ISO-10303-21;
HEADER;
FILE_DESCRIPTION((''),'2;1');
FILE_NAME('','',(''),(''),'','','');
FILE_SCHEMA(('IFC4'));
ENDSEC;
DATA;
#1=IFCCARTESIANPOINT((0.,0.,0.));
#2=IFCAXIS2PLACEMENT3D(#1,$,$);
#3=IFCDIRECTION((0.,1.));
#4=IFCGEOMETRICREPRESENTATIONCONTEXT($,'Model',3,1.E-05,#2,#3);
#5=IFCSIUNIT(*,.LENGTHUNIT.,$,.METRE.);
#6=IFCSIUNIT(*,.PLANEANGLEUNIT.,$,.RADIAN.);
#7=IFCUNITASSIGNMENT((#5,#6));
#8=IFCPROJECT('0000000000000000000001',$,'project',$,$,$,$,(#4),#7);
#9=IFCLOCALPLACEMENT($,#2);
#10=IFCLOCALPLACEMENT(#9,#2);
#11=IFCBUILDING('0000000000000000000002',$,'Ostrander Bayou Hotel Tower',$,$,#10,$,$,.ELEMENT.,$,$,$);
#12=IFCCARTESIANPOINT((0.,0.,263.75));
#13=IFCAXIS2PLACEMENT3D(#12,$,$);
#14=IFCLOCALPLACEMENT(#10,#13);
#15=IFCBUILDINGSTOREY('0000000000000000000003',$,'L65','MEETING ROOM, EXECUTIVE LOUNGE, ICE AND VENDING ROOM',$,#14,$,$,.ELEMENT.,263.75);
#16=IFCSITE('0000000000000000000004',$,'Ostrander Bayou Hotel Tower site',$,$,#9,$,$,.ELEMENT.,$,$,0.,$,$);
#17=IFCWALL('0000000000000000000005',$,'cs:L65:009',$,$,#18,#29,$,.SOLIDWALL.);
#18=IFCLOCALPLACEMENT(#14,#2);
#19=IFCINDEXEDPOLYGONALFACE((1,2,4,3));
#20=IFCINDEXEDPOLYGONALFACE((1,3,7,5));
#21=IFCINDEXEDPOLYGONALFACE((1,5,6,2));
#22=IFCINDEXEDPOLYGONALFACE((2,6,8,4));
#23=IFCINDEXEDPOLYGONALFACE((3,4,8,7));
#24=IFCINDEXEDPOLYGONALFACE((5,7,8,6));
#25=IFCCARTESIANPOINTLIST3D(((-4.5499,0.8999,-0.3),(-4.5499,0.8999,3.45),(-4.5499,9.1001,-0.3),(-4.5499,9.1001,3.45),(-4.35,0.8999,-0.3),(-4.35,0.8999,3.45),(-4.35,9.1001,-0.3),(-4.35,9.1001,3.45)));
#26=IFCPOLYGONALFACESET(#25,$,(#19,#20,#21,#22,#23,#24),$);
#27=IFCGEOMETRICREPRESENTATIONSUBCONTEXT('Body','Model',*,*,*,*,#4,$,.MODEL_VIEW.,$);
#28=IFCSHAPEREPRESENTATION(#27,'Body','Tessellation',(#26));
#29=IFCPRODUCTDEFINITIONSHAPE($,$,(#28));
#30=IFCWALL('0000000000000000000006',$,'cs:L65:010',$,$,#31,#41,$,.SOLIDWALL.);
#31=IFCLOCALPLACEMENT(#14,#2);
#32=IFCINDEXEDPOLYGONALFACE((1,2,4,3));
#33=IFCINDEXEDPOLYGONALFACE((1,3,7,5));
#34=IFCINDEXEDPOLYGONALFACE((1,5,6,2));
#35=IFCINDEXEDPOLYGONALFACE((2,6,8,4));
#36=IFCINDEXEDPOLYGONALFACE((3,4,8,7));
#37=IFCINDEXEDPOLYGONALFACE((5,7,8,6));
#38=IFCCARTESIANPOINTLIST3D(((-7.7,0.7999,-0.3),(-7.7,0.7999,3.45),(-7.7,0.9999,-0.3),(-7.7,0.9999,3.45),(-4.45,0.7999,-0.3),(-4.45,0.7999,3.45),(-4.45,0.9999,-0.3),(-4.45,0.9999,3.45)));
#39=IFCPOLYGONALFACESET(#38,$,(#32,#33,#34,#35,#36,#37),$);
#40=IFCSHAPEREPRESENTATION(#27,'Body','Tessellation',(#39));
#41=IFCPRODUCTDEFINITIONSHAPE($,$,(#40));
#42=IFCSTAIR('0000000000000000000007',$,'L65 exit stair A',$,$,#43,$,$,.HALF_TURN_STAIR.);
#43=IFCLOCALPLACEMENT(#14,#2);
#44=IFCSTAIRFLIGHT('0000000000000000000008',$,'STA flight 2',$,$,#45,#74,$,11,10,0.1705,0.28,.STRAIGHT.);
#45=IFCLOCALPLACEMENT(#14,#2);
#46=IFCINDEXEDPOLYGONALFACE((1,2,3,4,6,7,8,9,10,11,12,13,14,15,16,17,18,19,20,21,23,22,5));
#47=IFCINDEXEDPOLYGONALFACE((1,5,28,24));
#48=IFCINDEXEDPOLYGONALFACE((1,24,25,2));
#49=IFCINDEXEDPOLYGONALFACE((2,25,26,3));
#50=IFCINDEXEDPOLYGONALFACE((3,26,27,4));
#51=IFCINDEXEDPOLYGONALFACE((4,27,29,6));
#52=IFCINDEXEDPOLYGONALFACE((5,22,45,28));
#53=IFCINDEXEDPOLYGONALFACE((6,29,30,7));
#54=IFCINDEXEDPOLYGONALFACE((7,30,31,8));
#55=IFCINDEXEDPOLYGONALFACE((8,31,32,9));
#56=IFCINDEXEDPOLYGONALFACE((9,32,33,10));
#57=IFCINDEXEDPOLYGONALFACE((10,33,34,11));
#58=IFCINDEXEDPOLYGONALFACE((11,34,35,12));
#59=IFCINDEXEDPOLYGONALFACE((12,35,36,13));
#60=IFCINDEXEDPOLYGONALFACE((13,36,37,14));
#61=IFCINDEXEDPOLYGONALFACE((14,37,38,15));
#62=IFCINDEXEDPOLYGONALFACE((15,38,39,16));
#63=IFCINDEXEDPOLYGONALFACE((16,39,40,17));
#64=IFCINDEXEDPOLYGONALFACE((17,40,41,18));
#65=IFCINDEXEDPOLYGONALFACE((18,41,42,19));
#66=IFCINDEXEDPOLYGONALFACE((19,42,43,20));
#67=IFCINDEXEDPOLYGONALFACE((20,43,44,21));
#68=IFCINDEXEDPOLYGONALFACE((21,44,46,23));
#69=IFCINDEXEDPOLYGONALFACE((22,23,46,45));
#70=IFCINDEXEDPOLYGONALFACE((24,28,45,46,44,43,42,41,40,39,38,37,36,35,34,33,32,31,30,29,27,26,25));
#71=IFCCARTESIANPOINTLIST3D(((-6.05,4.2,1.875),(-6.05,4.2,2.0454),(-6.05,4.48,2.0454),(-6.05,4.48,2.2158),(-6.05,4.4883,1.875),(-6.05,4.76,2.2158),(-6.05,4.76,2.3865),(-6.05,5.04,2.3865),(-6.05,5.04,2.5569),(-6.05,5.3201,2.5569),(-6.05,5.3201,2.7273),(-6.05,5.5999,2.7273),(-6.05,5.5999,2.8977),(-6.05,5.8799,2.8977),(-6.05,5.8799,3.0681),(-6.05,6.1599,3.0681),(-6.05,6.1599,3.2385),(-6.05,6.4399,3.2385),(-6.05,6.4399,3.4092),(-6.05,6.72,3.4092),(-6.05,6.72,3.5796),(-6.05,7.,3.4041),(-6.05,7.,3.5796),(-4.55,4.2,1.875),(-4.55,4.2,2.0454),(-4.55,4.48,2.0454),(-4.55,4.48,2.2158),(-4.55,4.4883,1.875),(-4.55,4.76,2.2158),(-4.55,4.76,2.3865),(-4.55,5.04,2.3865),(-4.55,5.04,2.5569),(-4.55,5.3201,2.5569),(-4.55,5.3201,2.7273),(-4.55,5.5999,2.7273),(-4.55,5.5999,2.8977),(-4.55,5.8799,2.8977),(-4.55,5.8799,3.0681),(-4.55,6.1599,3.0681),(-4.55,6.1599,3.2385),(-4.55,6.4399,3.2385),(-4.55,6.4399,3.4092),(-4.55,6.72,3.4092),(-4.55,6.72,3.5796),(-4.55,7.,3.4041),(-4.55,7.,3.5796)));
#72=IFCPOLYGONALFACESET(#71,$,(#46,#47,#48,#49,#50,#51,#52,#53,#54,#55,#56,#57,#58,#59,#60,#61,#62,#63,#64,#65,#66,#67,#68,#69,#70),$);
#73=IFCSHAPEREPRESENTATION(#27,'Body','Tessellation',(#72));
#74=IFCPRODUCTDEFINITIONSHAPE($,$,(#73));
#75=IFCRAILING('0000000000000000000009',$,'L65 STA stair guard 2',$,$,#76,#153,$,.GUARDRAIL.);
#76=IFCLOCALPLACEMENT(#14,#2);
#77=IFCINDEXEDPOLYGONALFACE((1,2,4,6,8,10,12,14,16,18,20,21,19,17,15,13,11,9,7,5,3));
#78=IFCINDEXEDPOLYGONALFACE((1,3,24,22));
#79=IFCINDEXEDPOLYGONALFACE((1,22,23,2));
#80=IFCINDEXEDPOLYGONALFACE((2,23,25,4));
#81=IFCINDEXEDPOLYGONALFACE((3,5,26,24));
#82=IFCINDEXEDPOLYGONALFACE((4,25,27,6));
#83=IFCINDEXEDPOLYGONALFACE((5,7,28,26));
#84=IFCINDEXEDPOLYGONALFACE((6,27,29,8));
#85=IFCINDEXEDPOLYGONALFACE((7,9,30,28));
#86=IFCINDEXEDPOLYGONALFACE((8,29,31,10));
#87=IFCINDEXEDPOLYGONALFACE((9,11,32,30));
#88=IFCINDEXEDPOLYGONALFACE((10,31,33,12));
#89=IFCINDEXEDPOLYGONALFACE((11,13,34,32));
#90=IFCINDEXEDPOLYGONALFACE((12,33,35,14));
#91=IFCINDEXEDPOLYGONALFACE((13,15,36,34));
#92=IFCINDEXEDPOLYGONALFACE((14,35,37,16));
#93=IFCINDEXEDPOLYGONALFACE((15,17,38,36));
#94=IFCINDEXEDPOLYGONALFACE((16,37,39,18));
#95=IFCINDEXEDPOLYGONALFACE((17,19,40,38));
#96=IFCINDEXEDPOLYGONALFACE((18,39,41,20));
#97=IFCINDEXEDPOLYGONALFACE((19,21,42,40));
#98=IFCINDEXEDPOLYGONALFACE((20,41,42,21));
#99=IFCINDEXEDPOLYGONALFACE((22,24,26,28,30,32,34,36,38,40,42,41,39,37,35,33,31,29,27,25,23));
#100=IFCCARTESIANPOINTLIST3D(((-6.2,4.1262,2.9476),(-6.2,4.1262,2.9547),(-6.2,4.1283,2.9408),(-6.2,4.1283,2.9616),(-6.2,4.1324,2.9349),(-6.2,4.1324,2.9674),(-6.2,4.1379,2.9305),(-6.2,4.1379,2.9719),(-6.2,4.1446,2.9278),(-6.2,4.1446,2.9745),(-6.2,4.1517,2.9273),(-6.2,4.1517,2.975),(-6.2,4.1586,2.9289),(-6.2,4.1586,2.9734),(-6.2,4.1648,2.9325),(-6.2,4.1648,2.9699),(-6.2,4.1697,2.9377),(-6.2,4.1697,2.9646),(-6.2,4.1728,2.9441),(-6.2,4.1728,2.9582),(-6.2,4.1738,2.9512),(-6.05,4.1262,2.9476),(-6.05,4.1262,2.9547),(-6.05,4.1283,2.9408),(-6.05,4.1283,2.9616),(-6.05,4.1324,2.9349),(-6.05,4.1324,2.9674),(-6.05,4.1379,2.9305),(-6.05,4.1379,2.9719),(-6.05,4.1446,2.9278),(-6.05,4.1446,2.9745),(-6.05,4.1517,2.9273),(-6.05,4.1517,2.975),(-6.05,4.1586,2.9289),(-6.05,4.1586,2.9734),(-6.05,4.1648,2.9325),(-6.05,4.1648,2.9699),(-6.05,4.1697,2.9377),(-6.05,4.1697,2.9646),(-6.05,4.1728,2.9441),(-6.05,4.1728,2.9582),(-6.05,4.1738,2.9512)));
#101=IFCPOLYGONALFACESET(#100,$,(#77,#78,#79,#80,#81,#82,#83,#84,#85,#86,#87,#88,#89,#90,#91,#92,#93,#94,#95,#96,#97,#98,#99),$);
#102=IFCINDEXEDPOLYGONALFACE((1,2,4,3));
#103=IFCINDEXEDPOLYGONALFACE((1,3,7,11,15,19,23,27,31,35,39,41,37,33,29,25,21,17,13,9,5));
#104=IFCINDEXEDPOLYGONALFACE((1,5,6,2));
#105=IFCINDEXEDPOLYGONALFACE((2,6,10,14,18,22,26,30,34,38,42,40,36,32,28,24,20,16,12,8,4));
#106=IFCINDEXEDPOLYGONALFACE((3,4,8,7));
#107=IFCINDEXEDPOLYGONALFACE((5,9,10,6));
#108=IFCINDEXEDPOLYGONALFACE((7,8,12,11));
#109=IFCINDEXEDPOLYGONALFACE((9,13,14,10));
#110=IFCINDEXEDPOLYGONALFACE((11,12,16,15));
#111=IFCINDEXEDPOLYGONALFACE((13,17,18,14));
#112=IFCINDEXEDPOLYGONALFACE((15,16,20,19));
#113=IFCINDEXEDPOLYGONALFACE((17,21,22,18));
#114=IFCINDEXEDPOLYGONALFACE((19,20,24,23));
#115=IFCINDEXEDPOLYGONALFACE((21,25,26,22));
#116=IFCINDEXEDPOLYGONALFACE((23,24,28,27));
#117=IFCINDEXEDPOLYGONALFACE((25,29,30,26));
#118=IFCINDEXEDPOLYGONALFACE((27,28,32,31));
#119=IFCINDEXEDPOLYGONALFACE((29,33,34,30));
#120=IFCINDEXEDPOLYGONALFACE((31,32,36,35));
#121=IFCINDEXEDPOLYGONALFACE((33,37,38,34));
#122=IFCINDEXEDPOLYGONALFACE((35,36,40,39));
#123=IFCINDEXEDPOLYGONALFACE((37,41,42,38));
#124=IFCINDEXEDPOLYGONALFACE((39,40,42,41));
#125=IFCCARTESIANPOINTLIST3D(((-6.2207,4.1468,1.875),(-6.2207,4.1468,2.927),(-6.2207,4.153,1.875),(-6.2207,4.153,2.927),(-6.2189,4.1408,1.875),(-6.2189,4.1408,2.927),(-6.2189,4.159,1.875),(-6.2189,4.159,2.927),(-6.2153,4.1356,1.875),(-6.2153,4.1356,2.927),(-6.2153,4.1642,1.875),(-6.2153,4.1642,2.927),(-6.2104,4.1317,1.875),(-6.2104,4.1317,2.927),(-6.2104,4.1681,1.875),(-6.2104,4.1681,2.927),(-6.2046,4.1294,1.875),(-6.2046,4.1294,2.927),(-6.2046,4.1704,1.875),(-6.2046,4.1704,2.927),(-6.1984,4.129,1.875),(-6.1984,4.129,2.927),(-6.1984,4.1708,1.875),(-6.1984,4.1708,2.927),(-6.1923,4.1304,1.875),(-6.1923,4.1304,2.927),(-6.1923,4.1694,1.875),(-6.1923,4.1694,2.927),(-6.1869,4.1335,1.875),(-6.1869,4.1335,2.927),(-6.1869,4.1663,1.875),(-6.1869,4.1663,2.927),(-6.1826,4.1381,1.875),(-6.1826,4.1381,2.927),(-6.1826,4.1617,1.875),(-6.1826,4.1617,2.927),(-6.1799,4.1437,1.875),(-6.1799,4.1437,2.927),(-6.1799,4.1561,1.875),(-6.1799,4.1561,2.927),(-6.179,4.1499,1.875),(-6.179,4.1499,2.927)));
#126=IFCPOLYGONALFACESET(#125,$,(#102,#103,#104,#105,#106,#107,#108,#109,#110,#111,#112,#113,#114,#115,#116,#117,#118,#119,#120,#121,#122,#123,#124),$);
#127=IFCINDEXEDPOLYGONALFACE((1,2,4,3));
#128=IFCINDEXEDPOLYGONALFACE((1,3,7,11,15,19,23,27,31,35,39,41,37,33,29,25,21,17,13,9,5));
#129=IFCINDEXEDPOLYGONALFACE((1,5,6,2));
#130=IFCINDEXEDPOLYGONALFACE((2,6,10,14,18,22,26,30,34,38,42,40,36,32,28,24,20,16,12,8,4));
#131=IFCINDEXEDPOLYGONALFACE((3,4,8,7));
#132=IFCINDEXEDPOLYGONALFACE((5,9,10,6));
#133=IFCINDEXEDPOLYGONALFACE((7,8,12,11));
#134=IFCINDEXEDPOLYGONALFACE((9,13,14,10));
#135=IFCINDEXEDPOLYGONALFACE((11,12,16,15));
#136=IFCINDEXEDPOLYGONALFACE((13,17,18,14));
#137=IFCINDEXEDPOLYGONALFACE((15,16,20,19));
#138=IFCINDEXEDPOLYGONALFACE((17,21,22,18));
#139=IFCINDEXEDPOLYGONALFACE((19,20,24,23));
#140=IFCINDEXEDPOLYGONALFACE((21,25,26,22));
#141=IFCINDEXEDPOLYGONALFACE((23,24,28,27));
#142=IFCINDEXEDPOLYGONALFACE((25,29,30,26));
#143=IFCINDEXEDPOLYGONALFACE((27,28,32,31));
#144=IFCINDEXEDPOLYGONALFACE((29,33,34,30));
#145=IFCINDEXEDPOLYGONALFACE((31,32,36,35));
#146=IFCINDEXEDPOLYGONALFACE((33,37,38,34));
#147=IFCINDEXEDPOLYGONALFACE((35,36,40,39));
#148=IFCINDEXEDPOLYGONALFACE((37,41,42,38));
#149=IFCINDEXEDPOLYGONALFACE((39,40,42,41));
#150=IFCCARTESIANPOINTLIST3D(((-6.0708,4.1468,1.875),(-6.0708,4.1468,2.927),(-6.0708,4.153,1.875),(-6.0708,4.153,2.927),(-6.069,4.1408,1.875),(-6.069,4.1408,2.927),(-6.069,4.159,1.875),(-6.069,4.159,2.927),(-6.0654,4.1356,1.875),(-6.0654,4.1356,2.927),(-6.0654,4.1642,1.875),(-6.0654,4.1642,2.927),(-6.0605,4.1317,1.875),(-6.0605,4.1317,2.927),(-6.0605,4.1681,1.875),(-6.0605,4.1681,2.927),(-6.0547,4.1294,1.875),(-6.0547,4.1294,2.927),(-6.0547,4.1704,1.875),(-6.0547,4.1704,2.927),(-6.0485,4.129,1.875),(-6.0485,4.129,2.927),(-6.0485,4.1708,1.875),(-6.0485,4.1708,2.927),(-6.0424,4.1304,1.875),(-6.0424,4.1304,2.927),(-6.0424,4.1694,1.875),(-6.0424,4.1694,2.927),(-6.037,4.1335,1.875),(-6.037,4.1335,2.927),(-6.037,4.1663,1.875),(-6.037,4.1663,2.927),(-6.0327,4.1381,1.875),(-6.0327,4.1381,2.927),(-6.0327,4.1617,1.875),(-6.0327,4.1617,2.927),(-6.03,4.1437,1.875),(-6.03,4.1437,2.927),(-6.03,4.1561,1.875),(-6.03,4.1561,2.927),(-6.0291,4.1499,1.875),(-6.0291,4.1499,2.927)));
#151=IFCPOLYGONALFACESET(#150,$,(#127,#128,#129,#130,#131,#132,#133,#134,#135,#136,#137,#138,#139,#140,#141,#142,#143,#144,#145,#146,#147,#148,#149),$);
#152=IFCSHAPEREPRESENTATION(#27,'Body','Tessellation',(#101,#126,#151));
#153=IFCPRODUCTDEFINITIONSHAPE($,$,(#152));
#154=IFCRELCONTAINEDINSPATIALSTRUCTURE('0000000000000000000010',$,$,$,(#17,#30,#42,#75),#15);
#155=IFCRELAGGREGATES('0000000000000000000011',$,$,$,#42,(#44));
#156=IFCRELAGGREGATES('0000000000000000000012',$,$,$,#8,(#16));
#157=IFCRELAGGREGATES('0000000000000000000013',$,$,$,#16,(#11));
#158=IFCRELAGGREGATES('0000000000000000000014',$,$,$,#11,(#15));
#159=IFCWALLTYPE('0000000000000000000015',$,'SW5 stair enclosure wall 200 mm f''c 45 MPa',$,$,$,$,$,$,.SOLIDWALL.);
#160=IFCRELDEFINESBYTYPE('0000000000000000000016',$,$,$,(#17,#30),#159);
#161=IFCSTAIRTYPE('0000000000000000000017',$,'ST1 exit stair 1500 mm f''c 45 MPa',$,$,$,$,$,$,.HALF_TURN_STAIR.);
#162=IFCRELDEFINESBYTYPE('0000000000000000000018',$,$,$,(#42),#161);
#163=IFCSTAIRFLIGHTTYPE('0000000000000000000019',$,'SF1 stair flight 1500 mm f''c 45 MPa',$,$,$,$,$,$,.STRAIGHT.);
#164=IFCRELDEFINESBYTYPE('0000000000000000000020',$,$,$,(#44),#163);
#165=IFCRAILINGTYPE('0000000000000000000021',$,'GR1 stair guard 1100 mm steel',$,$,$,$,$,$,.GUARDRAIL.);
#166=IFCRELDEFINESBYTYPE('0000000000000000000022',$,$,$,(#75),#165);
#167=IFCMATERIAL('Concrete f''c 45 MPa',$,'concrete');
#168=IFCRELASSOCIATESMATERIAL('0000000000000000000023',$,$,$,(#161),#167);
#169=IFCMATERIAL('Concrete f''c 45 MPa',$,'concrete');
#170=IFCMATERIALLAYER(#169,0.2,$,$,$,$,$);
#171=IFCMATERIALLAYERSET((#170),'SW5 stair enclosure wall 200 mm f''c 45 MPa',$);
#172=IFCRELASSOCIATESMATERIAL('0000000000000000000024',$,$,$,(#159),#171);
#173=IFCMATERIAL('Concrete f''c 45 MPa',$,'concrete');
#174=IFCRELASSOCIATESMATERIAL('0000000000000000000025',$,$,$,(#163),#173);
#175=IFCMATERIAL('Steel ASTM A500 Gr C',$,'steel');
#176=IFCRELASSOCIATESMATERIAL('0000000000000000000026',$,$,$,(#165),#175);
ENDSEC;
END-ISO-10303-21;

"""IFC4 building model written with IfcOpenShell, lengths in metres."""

from ifc_helpers import new_model, si_unit, direction, frame, frame_2d, origin, origin_2d, place, context, subcontext, project, spatial, polyline, rectangle, circle, outline, extrude, material, layer, layer_set, type_object, element, aggregate, save


model = new_model("IFC4")

# Units and contexts
model_context = context("Model", 3, precision=1e-05, world=origin(), true_north=direction((0.0, 1.0)))
body_context = subcontext(model_context, "Body", "Model", "MODEL_VIEW")
ifc_project = project(units=[si_unit("LENGTHUNIT", "METRE"), si_unit("PLANEANGLEUNIT", "RADIAN")], contexts=[model_context])

# Site, building, storey
site_placement = place(None, origin())
site = spatial("IfcSite", under=ifc_project, at=site_placement, Name="Ostrander Bayou Hotel Tower site", CompositionType="ELEMENT", RefElevation=0.0)
building_placement = place(site_placement, origin())
building = spatial("IfcBuilding", under=site, at=building_placement, Name="Ostrander Bayou Hotel Tower", CompositionType="ELEMENT")
storey_placement = place(building_placement, frame((0.0, 0.0, 263.75)))
storey = spatial("IfcBuildingStorey", under=building, at=storey_placement, Name="L65", Description="MEETING ROOM, EXECUTIVE LOUNGE, ICE AND VENDING ROOM", CompositionType="ELEMENT", Elevation=263.75)

# Shared definitions
ifc_material_1 = material(Name="Concrete f'c 45 MPa", Category="concrete")
stair_type = type_object("IfcStairType", Name="ST1 exit stair 1500 mm f'c 45 MPa", PredefinedType="HALF_TURN_STAIR", material=ifc_material_1)

# Walls
ifc_material_2 = material(Name="Concrete f'c 45 MPa", Category="concrete")
ifc_layer_1 = layer(ifc_material_2, 0.2)
ifc_layer_set_1 = layer_set([ifc_layer_1], Name="SW5 stair enclosure wall 200 mm f'c 45 MPa")
wall_type_1 = type_object("IfcWallType", Name="SW5 stair enclosure wall 200 mm f'c 45 MPa", PredefinedType="SOLIDWALL", material=ifc_layer_set_1)
wall_1_placement = place(storey_placement, frame((-4.45, 0.8999, -0.3), z_axis=(0.0, 0.0, 1.0), x_axis=(0.0, 1.0, 0.0)))
element("IfcWall", 1, at=wall_1_placement, inside=storey, type_object=wall_type_1, Name="cs:L65:009", PredefinedType="SOLIDWALL", context=body_context, shape_type="SweptSolid", body=[
    extrude(rectangle(XDim=8.2002, YDim=0.2, at=frame_2d((4.1001, 0.0))), origin(), (0.0, 0.0, 1.0), 3.75),
])
wall_2_placement = place(storey_placement, frame((-7.7, 0.8999, -0.3), z_axis=(0.0, 0.0, 1.0), x_axis=(1.0, 0.0, 0.0)))
element("IfcWall", 2, at=wall_2_placement, inside=storey, type_object=wall_type_1, Name="cs:L65:010", PredefinedType="SOLIDWALL", context=body_context, shape_type="SweptSolid", body=[
    extrude(rectangle(XDim=3.25, YDim=0.2, at=frame_2d((1.625, 0.0))), origin(), (0.0, 0.0, 1.0), 3.75),
])

# Stair, stair flight
stair_1_placement = place(storey_placement, origin())
stair_1 = element("IfcStair", 3, at=stair_1_placement, inside=storey, type_object=stair_type, Name="L65 exit stair A", PredefinedType="HALF_TURN_STAIR")
ifc_material_3 = material(Name="Concrete f'c 45 MPa", Category="concrete")
stair_flight_type = type_object("IfcStairFlightType", Name="SF1 stair flight 1500 mm f'c 45 MPa", PredefinedType="STRAIGHT", material=ifc_material_3)
stair_flight_placement = place(storey_placement, frame((-5.3, 4.2, 1.875), z_axis=(0.0, 0.0, 1.0), x_axis=(0.0, 1.0, 0.0)))
stair_flight = element("IfcStairFlight", 4, at=stair_flight_placement, type_object=stair_flight_type, Name="STA flight 2", NumberOfRisers=11, NumberOfTreads=10, PredefinedType="STRAIGHT", RiserHeight=0.1705, TreadLength=0.28, context=body_context, shape_type="SweptSolid", body=[
    extrude(outline(polyline([(0.0, 0.0), (0.0, 0.1704), (0.28, 0.1704), (0.28, 0.3408), (0.5601, 0.3408), (0.5601, 0.5115), (0.8401, 0.5115), (0.8401, 0.6819), (1.1201, 0.6819), (1.1201, 0.8523), (1.3999, 0.8523), (1.3999, 1.0227), (1.6799, 1.0227), (1.6799, 1.1931), (1.96, 1.1931), (1.96, 1.3635), (2.24, 1.3635), (2.24, 1.5342), (2.52, 1.5342), (2.52, 1.7046), (2.8, 1.7046), (2.8, 1.875), (2.8, 1.5291), (0.2883, 0.0), (0.0, 0.0)])), frame((0.0, 0.75, 0.0), z_axis=(0.0, -1.0, 0.0), x_axis=(1.0, 0.0, 0.0)), (0.0, 0.0, 1.0), 1.5),
])
aggregate(stair_1, [stair_flight])

# Railing
ifc_material_4 = material(Name="Steel ASTM A500 Gr C", Category="steel")
railing_type_1 = type_object("IfcRailingType", Name="GR1 stair guard 1100 mm steel", PredefinedType="GUARDRAIL", material=ifc_material_4)
railing_1_placement = place(storey_placement, frame((-6.2, 4.1499, 1.875)))
element("IfcRailing", 5, at=railing_1_placement, inside=storey, type_object=railing_type_1, Name="L65 STA stair guard 2", PredefinedType="GUARDRAIL", context=body_context, shape_type="SweptSolid", body=[
    extrude(circle(Radius=0.0239, at=origin_2d()), frame((0.0, 0.0, 1.0762), z_axis=(1.0, 0.0, 0.0), x_axis=(0.0, 1.0, 0.0)), (0.0, 0.0, 1.0), 0.1499),
    extrude(circle(Radius=0.021, at=origin_2d()), origin(), (0.0, 0.0, 1.0), 1.052),
    extrude(circle(Radius=0.021, at=origin_2d()), frame((0.1499, 0.0, 0.0)), (0.0, 0.0, 1.0), 1.052),
])

save(model, "model.ifc")
